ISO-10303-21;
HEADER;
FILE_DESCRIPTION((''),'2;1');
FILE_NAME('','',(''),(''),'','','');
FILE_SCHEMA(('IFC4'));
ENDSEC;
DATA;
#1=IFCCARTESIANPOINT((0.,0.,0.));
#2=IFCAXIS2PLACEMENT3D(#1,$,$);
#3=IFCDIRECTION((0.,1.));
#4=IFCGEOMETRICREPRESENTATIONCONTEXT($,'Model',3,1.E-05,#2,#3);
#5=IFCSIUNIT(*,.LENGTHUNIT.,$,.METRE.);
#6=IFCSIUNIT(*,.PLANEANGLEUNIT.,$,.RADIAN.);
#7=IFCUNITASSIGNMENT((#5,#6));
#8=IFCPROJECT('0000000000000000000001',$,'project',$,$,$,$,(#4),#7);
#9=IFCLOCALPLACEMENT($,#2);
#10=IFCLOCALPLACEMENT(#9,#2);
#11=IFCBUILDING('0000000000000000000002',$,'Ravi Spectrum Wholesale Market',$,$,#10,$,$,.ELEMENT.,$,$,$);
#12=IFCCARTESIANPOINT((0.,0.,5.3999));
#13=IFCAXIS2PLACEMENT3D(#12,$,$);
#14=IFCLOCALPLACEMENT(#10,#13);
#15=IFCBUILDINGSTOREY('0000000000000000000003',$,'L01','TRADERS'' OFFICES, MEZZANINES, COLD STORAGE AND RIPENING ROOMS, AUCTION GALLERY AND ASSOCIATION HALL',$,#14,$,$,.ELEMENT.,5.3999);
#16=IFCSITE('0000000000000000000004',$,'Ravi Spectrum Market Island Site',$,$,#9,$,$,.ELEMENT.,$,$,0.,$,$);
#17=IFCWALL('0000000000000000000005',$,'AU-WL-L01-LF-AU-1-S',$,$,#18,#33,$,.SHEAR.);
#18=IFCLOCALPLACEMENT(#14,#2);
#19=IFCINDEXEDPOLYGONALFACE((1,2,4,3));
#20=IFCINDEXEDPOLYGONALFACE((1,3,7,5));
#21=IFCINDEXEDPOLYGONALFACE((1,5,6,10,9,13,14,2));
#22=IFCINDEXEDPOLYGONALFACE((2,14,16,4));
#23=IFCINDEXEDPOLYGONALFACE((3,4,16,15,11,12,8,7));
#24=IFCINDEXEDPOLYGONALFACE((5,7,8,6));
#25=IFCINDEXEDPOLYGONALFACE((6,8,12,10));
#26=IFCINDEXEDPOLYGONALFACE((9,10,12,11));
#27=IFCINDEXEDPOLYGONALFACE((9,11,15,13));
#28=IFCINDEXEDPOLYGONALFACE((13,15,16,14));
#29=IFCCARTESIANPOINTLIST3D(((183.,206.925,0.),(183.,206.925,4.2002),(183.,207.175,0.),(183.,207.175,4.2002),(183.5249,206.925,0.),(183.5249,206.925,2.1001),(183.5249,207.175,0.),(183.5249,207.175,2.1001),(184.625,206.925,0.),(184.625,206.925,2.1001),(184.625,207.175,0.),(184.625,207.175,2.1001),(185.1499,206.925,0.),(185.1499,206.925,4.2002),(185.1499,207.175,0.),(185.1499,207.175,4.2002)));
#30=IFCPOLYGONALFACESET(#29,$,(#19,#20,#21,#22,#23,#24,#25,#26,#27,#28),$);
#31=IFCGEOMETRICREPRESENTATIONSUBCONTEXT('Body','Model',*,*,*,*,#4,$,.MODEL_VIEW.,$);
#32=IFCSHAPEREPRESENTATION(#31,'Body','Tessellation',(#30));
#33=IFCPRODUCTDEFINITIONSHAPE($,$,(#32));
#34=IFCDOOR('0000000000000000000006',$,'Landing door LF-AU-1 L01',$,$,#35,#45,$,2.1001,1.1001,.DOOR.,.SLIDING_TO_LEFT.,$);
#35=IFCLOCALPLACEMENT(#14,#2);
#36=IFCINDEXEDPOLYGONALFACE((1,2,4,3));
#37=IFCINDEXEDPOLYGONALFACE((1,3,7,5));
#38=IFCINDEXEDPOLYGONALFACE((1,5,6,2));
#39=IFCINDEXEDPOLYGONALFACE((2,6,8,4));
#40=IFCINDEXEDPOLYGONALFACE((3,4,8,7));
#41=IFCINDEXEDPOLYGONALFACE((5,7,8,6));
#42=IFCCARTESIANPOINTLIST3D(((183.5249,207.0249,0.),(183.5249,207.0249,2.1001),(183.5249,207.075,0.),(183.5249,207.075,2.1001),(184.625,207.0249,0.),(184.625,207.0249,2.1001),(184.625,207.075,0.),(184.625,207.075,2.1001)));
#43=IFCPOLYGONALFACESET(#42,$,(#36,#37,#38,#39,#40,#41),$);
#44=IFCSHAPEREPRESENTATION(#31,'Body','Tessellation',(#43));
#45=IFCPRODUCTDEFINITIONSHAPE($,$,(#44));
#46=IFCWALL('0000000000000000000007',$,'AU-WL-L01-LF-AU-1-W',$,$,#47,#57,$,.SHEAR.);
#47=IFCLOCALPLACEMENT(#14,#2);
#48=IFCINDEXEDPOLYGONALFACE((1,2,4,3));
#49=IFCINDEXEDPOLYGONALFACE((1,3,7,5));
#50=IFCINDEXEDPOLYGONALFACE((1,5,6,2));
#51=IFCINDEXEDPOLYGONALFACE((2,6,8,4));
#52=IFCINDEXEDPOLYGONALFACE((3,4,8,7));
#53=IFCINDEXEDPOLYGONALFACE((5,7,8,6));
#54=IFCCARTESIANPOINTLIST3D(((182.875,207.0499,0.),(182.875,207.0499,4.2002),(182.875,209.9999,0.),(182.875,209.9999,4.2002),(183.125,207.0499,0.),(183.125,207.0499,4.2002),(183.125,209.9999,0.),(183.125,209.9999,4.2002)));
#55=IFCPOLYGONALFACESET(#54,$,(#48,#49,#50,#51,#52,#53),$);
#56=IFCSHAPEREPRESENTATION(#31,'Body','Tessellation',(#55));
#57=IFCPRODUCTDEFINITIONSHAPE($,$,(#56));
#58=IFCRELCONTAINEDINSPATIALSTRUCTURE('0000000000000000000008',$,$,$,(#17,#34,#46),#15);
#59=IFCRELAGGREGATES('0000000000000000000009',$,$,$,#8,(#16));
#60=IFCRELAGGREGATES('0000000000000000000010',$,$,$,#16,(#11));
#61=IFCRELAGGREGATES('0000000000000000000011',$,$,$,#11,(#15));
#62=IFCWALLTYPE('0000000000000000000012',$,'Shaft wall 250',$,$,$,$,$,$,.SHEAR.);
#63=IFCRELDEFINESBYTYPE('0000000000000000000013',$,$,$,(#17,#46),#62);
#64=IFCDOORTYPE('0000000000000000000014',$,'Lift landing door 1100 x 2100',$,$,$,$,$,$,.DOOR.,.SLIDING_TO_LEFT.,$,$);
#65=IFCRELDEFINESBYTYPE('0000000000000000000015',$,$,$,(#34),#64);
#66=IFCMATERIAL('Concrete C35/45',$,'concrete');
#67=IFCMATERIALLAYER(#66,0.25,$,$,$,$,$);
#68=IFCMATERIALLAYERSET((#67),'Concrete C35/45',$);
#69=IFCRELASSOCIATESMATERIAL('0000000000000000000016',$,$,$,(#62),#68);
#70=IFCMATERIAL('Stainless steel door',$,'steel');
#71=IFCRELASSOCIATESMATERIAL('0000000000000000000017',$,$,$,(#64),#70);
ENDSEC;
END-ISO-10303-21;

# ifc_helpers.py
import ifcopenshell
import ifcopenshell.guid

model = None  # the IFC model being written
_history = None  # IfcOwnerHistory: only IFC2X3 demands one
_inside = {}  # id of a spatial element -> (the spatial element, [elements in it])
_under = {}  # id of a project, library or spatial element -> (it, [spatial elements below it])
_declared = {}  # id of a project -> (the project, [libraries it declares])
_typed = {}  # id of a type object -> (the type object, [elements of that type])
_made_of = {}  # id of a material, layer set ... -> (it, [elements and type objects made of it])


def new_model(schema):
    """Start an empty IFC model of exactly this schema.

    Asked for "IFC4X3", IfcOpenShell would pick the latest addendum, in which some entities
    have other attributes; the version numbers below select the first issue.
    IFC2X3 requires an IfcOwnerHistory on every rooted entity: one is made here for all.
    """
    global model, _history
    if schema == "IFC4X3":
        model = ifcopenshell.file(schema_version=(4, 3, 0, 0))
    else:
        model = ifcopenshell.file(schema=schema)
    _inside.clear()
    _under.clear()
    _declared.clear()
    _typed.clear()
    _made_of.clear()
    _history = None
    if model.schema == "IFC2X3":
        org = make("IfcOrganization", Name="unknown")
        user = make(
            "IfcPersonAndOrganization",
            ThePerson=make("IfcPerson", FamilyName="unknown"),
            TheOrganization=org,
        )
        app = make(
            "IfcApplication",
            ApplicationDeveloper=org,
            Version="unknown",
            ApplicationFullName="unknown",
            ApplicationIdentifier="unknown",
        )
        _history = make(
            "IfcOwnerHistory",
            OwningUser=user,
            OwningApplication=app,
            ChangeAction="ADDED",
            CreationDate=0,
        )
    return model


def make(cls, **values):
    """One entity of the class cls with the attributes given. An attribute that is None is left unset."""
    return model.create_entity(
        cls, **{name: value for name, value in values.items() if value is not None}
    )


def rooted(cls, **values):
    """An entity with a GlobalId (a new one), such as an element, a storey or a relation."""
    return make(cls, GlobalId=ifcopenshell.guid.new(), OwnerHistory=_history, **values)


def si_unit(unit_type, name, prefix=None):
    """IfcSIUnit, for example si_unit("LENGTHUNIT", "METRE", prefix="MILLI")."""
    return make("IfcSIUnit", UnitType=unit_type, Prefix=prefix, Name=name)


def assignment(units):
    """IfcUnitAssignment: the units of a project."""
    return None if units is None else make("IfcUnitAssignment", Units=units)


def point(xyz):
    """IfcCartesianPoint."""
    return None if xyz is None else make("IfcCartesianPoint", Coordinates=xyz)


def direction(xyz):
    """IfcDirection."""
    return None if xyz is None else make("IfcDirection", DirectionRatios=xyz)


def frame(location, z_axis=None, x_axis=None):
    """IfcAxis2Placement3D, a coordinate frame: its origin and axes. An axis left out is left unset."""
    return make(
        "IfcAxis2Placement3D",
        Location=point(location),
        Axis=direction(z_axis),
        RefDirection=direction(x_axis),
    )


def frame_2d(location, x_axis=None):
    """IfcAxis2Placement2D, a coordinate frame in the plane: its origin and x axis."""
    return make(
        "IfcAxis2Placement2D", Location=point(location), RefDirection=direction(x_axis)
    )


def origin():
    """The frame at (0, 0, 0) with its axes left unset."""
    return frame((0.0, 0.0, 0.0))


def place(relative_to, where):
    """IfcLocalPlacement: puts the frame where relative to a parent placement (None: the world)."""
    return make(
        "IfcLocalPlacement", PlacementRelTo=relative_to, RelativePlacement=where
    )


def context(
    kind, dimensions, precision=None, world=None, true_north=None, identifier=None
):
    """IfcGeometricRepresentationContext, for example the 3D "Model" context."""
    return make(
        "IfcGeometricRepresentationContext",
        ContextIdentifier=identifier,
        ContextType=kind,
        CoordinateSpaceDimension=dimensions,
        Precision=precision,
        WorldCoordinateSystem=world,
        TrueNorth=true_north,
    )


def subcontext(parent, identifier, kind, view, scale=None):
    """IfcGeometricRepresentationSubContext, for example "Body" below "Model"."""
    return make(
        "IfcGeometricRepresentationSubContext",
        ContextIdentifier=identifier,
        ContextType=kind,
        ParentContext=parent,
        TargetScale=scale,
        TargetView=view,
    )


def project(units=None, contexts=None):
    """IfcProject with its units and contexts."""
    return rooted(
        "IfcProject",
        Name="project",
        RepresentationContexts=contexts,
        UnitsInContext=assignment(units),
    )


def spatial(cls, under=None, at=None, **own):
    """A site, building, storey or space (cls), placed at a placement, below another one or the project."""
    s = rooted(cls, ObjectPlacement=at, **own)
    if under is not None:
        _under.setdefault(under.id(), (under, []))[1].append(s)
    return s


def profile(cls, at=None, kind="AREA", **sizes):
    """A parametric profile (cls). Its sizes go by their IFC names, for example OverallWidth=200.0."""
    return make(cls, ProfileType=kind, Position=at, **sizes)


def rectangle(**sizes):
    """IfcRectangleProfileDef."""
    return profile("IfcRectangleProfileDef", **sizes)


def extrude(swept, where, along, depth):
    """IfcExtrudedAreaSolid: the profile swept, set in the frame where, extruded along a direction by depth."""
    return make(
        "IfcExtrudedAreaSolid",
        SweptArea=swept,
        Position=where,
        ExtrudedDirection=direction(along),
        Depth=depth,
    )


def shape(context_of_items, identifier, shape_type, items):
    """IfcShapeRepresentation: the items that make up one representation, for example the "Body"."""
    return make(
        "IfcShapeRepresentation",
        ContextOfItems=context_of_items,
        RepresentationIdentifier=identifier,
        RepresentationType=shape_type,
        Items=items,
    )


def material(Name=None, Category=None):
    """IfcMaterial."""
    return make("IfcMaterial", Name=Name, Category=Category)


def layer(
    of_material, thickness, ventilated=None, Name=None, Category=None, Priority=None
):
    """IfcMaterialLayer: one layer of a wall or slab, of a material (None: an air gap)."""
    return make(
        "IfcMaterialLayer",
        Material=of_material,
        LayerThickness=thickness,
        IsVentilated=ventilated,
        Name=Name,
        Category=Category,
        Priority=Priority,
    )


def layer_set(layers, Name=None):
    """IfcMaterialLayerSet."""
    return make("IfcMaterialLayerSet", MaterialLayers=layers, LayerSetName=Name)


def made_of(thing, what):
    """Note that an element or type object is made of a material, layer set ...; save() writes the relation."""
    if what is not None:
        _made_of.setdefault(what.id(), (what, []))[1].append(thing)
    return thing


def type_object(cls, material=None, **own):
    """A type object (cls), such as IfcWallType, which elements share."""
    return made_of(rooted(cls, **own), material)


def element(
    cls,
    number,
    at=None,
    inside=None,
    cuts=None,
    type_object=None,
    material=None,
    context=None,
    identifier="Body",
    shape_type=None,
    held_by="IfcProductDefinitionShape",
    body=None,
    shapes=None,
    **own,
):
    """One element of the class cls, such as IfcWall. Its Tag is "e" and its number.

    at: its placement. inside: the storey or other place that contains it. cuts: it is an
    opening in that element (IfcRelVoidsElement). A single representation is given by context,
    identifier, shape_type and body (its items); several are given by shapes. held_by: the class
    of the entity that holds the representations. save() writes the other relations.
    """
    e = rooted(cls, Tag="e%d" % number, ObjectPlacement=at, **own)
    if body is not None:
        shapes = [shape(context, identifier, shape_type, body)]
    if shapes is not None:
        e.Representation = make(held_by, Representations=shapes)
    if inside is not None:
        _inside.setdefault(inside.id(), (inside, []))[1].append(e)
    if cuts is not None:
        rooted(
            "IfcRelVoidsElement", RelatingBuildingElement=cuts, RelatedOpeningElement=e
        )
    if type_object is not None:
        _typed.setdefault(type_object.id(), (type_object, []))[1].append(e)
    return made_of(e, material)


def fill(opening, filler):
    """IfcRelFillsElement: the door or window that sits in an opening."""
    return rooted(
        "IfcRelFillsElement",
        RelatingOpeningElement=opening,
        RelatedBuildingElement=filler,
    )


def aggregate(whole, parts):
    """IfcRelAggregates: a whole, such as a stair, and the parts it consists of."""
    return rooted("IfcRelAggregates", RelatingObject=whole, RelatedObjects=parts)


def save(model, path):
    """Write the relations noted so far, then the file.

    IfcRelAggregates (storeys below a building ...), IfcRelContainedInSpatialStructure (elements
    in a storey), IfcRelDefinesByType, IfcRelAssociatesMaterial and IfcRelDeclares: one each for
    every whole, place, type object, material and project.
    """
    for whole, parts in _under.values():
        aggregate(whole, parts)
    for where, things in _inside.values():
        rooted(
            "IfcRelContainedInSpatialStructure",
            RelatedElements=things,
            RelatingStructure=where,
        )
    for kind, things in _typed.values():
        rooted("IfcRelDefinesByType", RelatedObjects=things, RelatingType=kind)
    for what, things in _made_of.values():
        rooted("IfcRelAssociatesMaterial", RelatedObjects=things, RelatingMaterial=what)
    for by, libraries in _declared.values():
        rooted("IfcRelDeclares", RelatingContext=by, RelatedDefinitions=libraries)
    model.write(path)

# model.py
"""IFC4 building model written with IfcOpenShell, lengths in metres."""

from ifc_helpers import new_model, si_unit, direction, frame, frame_2d, origin, place, context, subcontext, project, spatial, rectangle, extrude, material, layer, layer_set, type_object, element, fill, save


model = new_model("IFC4")

# Units and contexts
model_context = context("Model", 3, precision=1e-05, world=origin(), true_north=direction((0.0, 1.0)))
body_context = subcontext(model_context, "Body", "Model", "MODEL_VIEW")
ifc_project = project(units=[si_unit("LENGTHUNIT", "METRE"), si_unit("PLANEANGLEUNIT", "RADIAN")], contexts=[model_context])

# Site, building, storey
site_placement = place(None, origin())
site = spatial("IfcSite", under=ifc_project, at=site_placement, Name="Ravi Spectrum Market Island Site", CompositionType="ELEMENT", RefElevation=0.0)
building_placement = place(site_placement, origin())
building = spatial("IfcBuilding", under=site, at=building_placement, Name="Ravi Spectrum Wholesale Market", CompositionType="ELEMENT")
storey_placement = place(building_placement, frame((0.0, 0.0, 5.3999)))
storey = spatial("IfcBuildingStorey", under=building, at=storey_placement, Name="L01", Description="TRADERS' OFFICES, MEZZANINES, COLD STORAGE AND RIPENING ROOMS, AUCTION GALLERY AND ASSOCIATION HALL", CompositionType="ELEMENT", Elevation=5.3999)

# Shared definitions
ifc_material_1 = material(Name="Concrete C35/45", Category="concrete")
ifc_layer_1 = layer(ifc_material_1, 0.25)
ifc_layer_set_1 = layer_set([ifc_layer_1], Name="Concrete C35/45")
wall_type_1 = type_object("IfcWallType", Name="Shaft wall 250", PredefinedType="SHEAR", material=ifc_layer_set_1)

# Wall, opening, door
wall_1_placement = place(storey_placement, frame((183.0, 207.05, 0.0), z_axis=(0.0, 0.0, 1.0), x_axis=(1.0, 0.0, 0.0)))
wall_1 = element("IfcWall", 1, at=wall_1_placement, inside=storey, type_object=wall_type_1, Name="AU-WL-L01-LF-AU-1-S", PredefinedType="SHEAR", context=body_context, shape_type="SweptSolid", body=[
    extrude(rectangle(XDim=2.1499, YDim=0.25, at=frame_2d((1.075, 0.0))), origin(), (0.0, 0.0, 1.0), 4.2002),
])
opening_1_placement = place(wall_1_placement, frame((0.5249, 0.0, 0.0)))
opening_1 = element("IfcOpeningElement", 2, at=opening_1_placement, cuts=wall_1, PredefinedType="OPENING", context=body_context, shape_type="SweptSolid", body=[
    extrude(rectangle(XDim=1.1001, YDim=2.1001, at=frame_2d((0.55, 1.05))), frame((0.0, 0.135, 0.0), z_axis=(0.0, -1.0, 0.0), x_axis=(1.0, 0.0, 0.0)), (0.0, 0.0, 1.0), 0.27),
])
ifc_material_2 = material(Name="Stainless steel door", Category="steel")
door_type_1 = type_object("IfcDoorType", Name="Lift landing door 1100 x 2100", OperationType="SLIDING_TO_LEFT", PredefinedType="DOOR", material=ifc_material_2)
door_1_placement = place(opening_1_placement, origin())
door_1 = element("IfcDoor", 3, at=door_1_placement, inside=storey, type_object=door_type_1, Name="Landing door LF-AU-1 L01", OperationType="SLIDING_TO_LEFT", OverallHeight=2.1001, OverallWidth=1.1001, PredefinedType="DOOR", context=body_context, shape_type="SweptSolid", body=[
    extrude(rectangle(XDim=1.1001, YDim=2.1001, at=frame_2d((0.55, 1.05))), frame((0.0, 0.0249, 0.0), z_axis=(0.0, -1.0, 0.0), x_axis=(1.0, 0.0, 0.0)), (0.0, 0.0, 1.0), 0.05),
])
fill(opening_1, door_1)

# Wall
wall_2_placement = place(storey_placement, frame((183.0, 210.0, 0.0), z_axis=(0.0, 0.0, 1.0), x_axis=(0.0, -1.0, 0.0)))
element("IfcWall", 4, at=wall_2_placement, inside=storey, type_object=wall_type_1, Name="AU-WL-L01-LF-AU-1-W", PredefinedType="SHEAR", context=body_context, shape_type="SweptSolid", body=[
    extrude(rectangle(XDim=2.95, YDim=0.25, at=frame_2d((1.4751, 0.0))), origin(), (0.0, 0.0, 1.0), 4.2002),
])

save(model, "model.ifc")
